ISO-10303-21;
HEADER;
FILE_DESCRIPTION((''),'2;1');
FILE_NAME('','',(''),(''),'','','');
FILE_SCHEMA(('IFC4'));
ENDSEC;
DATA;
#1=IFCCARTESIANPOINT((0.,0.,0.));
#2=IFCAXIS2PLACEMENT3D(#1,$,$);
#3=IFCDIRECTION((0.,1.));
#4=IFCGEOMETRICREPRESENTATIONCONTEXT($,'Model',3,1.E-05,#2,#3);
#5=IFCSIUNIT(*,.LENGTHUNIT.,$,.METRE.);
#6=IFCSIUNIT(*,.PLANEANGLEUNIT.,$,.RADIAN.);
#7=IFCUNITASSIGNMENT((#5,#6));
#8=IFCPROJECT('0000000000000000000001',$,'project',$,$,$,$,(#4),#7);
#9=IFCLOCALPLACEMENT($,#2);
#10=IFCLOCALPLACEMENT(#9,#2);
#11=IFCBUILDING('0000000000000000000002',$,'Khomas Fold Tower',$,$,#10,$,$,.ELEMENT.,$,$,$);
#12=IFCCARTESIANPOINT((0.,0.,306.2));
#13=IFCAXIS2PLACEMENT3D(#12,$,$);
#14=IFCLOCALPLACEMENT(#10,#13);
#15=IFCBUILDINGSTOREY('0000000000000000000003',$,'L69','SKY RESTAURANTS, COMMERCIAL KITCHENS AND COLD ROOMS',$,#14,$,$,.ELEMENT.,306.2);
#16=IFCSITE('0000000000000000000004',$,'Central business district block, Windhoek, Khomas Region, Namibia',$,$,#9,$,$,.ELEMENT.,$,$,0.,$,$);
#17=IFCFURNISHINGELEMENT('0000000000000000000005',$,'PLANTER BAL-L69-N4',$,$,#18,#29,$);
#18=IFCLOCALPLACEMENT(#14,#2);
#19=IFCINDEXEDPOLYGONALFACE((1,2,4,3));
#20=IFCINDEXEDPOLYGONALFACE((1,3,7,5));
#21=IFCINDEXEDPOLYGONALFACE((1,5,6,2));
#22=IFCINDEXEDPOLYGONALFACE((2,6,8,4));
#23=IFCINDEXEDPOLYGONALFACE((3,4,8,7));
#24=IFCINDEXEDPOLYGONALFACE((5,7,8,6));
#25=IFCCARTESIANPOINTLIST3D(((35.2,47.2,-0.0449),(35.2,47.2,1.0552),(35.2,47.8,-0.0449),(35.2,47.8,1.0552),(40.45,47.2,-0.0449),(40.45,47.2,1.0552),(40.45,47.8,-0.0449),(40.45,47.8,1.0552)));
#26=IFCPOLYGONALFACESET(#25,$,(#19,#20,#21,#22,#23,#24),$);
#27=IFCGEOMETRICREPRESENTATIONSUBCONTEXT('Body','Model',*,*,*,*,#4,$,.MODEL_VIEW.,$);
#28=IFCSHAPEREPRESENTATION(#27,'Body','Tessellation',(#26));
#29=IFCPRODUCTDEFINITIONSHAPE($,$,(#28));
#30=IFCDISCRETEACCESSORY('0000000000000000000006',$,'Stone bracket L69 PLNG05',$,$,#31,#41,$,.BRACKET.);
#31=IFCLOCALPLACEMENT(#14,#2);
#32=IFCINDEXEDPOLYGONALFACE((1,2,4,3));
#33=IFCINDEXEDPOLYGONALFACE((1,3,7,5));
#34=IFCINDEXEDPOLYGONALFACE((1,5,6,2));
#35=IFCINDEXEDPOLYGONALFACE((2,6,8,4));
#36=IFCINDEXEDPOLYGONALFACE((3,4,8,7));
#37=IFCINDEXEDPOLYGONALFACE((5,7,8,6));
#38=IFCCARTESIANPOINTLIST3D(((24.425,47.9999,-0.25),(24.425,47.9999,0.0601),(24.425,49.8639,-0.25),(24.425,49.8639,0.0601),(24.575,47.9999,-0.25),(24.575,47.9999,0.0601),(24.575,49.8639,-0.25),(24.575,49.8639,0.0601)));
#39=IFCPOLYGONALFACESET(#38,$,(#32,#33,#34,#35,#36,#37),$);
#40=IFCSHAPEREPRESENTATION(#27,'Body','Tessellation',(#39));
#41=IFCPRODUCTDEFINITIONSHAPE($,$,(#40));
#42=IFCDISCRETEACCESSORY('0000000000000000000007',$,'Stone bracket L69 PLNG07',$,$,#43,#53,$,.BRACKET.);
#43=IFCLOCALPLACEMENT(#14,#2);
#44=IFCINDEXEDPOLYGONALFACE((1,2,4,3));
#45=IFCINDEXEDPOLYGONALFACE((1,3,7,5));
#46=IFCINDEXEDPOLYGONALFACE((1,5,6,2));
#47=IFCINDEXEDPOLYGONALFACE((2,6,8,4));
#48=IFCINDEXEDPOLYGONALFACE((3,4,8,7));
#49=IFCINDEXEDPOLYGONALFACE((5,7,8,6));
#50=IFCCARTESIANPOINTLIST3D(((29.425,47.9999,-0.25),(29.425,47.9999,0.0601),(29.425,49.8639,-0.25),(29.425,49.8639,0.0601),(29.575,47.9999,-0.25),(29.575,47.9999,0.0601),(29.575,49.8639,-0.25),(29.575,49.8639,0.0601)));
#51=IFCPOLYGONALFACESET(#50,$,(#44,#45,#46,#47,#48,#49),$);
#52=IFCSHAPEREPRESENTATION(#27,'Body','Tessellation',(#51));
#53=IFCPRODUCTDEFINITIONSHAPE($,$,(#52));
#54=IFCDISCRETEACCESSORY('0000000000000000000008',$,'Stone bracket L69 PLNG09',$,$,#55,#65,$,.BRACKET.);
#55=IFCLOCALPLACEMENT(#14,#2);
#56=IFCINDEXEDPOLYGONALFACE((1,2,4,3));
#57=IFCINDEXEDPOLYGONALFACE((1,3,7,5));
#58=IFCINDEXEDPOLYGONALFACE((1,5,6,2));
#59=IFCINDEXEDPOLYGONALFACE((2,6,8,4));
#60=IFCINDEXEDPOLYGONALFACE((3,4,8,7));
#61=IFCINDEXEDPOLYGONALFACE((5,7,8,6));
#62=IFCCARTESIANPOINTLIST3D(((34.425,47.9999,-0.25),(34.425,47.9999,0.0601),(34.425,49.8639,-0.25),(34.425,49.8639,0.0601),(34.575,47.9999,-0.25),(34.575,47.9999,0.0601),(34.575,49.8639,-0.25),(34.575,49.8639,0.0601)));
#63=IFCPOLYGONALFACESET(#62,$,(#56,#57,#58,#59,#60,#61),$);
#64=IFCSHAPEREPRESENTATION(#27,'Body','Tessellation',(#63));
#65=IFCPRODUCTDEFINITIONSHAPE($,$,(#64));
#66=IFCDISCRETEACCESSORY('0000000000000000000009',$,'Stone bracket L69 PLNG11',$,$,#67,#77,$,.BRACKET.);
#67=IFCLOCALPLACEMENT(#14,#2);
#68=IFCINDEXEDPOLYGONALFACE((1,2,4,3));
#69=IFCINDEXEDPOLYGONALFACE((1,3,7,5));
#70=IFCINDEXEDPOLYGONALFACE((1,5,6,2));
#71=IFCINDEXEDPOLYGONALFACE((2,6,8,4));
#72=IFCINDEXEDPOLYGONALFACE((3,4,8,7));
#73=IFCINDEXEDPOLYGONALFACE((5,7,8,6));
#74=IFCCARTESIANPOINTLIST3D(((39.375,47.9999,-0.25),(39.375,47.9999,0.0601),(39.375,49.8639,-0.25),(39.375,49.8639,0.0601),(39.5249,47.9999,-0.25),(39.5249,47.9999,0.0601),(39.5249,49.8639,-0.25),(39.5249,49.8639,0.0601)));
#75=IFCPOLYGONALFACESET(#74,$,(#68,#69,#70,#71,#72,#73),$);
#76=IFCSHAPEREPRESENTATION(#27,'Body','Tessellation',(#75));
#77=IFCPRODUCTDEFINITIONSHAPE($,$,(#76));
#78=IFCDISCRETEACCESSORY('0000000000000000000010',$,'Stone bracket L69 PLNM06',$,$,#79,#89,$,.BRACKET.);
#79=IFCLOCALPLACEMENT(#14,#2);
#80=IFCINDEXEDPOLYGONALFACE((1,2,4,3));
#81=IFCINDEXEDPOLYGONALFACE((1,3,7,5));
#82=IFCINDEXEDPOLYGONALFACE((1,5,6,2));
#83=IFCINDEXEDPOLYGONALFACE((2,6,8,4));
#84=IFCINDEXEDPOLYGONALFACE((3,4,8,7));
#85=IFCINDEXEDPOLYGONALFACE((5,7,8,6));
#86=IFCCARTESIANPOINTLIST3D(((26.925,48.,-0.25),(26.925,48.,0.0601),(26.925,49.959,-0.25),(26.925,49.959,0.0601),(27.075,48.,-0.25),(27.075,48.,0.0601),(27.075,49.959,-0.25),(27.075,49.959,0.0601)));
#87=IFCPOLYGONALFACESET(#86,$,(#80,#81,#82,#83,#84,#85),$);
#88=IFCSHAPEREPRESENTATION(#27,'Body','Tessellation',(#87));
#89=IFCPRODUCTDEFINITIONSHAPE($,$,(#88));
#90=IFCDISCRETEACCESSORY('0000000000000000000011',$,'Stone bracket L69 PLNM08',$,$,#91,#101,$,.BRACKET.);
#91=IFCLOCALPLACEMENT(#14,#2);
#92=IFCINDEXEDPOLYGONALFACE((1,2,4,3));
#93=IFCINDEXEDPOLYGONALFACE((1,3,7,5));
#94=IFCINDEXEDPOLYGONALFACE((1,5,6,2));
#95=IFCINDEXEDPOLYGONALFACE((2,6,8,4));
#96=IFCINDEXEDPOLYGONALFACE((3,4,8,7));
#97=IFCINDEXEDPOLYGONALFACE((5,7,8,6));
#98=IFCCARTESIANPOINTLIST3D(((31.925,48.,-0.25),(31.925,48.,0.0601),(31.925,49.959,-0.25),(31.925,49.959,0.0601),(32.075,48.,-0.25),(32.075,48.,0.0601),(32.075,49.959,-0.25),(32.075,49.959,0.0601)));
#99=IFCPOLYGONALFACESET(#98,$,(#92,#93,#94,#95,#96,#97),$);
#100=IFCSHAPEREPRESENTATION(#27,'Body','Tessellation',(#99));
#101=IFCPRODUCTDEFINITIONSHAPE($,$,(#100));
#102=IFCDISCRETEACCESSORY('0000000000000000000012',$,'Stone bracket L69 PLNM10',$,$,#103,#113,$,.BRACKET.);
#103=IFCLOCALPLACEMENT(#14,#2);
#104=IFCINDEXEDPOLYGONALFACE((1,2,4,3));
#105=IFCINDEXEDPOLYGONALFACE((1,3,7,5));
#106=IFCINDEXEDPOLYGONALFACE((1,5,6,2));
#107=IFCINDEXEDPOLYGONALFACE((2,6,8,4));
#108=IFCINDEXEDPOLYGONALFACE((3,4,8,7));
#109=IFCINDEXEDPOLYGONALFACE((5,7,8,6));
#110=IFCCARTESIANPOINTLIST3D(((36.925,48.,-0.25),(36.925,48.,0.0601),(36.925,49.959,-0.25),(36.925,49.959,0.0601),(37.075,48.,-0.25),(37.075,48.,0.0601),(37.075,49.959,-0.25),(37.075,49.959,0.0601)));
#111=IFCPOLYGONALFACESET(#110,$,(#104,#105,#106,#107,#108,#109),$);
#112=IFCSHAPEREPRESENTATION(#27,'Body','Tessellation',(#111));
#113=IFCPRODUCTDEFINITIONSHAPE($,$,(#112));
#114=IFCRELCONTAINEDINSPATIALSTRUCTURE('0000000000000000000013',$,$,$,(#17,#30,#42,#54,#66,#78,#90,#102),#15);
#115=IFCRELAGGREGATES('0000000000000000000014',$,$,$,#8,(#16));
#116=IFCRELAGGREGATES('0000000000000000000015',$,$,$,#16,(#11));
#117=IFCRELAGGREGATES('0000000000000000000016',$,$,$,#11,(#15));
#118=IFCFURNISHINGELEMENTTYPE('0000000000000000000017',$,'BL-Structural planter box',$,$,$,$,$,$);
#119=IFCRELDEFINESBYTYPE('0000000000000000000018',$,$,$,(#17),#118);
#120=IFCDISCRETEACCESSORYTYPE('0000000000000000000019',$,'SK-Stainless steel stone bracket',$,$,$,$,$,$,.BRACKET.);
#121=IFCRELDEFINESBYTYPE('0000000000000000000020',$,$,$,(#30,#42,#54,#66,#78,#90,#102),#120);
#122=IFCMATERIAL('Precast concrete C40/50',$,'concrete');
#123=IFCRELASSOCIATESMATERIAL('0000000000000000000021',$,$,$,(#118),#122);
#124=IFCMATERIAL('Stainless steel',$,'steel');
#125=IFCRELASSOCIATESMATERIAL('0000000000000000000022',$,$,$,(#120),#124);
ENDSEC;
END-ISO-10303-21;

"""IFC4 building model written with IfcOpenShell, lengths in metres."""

from ifc_helpers import new_model, si_unit, direction, frame, origin, origin_2d, place, context, subcontext, project, spatial, rectangle, extrude, source, transform, mapped, material, type_object, element, save


model = new_model("IFC4")

# Units and contexts
model_context = context("Model", 3, precision=1e-05, world=origin(), true_north=direction((0.0, 1.0)))
body_context = subcontext(model_context, "Body", "Model", "MODEL_VIEW")
ifc_project = project(units=[si_unit("LENGTHUNIT", "METRE"), si_unit("PLANEANGLEUNIT", "RADIAN")], contexts=[model_context])

# Site, building, storey
site_placement = place(None, origin())
site = spatial("IfcSite", under=ifc_project, at=site_placement, Name="Central business district block, Windhoek, Khomas Region, Namibia", CompositionType="ELEMENT", RefElevation=0.0)
building_placement = place(site_placement, origin())
building = spatial("IfcBuilding", under=site, at=building_placement, Name="Khomas Fold Tower", CompositionType="ELEMENT")
storey_placement = place(building_placement, frame((0.0, 0.0, 306.2)))
storey = spatial("IfcBuildingStorey", under=building, at=storey_placement, Name="L69", Description="SKY RESTAURANTS, COMMERCIAL KITCHENS AND COLD ROOMS", CompositionType="ELEMENT", Elevation=306.2)

# Furnishing element
ifc_material_1 = material(Name="Precast concrete C40/50", Category="concrete")
furnishing_element_type_1 = type_object("IfcFurnishingElementType", Name="BL-Structural planter box", material=ifc_material_1)
shared_shape_1 = source(origin(), body_context, "Body", "SweptSolid", [
    extrude(rectangle(XDim=5.25, YDim=0.6001, at=origin_2d()), origin(), (0.0, 0.0, 1.0), 1.1001),
])
furnishing_1_placement = place(storey_placement, frame((37.825, 47.5, -0.0449), z_axis=(0.0, 0.0, 1.0), x_axis=(1.0, 0.0, 0.0)))
element("IfcFurnishingElement", 1, at=furnishing_1_placement, inside=storey, type_object=furnishing_element_type_1, Name="PLANTER BAL-L69-N4", context=body_context, shape_type="MappedRepresentation", body=[
    mapped(shared_shape_1, transform((0.0, 0.0, 0.0))),
])

# Discrete accessories
ifc_material_2 = material(Name="Stainless steel", Category="steel")
discrete_accessory_type = type_object("IfcDiscreteAccessoryType", Name="SK-Stainless steel stone bracket", PredefinedType="BRACKET", material=ifc_material_2)
shared_shape_2 = source(origin(), body_context, "Body", "SweptSolid", [
    extrude(rectangle(XDim=1.864, YDim=0.1499, at=origin_2d()), origin(), (0.0, 0.0, 1.0), 0.3101),
])
for number, where, z_axis, x_axis, name in (
    (2, (24.5, 48.9319, -0.25), (0.0, 0.0, 1.0), (0.0, 1.0, 0.0), "Stone bracket L69 PLNG05"),
    (3, (29.5, 48.9319, -0.25), (0.0, 0.0, 1.0), (0.0, 1.0, 0.0), "Stone bracket L69 PLNG07"),
    (4, (34.5, 48.9319, -0.25), (0.0, 0.0, 1.0), (0.0, 1.0, 0.0), "Stone bracket L69 PLNG09"),
    (5, (39.45, 48.9319, -0.25), (0.0, 0.0, 1.0), (0.0, 1.0, 0.0), "Stone bracket L69 PLNG11"),
):
    element("IfcDiscreteAccessory", number, at=place(storey_placement, frame(where, z_axis=z_axis, x_axis=x_axis)), inside=storey, type_object=discrete_accessory_type, Name=name, PredefinedType="BRACKET", context=body_context, shape_type="MappedRepresentation", body=[
        mapped(shared_shape_2, transform((0.0, 0.0, 0.0))),
    ])
shared_shape_3 = source(origin(), body_context, "Body", "SweptSolid", [
    extrude(rectangle(XDim=1.959, YDim=0.1499, at=origin_2d()), origin(), (0.0, 0.0, 1.0), 0.3101),
])
for number, where, z_axis, x_axis, name in (
    (6, (27.0, 48.9795, -0.25), (0.0, 0.0, 1.0), (0.0, 1.0, 0.0), "Stone bracket L69 PLNM06"),
    (7, (32.0, 48.9795, -0.25), (0.0, 0.0, 1.0), (0.0, 1.0, 0.0), "Stone bracket L69 PLNM08"),
    (8, (37.0, 48.9795, -0.25), (0.0, 0.0, 1.0), (0.0, 1.0, 0.0), "Stone bracket L69 PLNM10"),
):
    element("IfcDiscreteAccessory", number, at=place(storey_placement, frame(where, z_axis=z_axis, x_axis=x_axis)), inside=storey, type_object=discrete_accessory_type, Name=name, PredefinedType="BRACKET", context=body_context, shape_type="MappedRepresentation", body=[
        mapped(shared_shape_3, transform((0.0, 0.0, 0.0))),
    ])

save(model, "model.ifc")
